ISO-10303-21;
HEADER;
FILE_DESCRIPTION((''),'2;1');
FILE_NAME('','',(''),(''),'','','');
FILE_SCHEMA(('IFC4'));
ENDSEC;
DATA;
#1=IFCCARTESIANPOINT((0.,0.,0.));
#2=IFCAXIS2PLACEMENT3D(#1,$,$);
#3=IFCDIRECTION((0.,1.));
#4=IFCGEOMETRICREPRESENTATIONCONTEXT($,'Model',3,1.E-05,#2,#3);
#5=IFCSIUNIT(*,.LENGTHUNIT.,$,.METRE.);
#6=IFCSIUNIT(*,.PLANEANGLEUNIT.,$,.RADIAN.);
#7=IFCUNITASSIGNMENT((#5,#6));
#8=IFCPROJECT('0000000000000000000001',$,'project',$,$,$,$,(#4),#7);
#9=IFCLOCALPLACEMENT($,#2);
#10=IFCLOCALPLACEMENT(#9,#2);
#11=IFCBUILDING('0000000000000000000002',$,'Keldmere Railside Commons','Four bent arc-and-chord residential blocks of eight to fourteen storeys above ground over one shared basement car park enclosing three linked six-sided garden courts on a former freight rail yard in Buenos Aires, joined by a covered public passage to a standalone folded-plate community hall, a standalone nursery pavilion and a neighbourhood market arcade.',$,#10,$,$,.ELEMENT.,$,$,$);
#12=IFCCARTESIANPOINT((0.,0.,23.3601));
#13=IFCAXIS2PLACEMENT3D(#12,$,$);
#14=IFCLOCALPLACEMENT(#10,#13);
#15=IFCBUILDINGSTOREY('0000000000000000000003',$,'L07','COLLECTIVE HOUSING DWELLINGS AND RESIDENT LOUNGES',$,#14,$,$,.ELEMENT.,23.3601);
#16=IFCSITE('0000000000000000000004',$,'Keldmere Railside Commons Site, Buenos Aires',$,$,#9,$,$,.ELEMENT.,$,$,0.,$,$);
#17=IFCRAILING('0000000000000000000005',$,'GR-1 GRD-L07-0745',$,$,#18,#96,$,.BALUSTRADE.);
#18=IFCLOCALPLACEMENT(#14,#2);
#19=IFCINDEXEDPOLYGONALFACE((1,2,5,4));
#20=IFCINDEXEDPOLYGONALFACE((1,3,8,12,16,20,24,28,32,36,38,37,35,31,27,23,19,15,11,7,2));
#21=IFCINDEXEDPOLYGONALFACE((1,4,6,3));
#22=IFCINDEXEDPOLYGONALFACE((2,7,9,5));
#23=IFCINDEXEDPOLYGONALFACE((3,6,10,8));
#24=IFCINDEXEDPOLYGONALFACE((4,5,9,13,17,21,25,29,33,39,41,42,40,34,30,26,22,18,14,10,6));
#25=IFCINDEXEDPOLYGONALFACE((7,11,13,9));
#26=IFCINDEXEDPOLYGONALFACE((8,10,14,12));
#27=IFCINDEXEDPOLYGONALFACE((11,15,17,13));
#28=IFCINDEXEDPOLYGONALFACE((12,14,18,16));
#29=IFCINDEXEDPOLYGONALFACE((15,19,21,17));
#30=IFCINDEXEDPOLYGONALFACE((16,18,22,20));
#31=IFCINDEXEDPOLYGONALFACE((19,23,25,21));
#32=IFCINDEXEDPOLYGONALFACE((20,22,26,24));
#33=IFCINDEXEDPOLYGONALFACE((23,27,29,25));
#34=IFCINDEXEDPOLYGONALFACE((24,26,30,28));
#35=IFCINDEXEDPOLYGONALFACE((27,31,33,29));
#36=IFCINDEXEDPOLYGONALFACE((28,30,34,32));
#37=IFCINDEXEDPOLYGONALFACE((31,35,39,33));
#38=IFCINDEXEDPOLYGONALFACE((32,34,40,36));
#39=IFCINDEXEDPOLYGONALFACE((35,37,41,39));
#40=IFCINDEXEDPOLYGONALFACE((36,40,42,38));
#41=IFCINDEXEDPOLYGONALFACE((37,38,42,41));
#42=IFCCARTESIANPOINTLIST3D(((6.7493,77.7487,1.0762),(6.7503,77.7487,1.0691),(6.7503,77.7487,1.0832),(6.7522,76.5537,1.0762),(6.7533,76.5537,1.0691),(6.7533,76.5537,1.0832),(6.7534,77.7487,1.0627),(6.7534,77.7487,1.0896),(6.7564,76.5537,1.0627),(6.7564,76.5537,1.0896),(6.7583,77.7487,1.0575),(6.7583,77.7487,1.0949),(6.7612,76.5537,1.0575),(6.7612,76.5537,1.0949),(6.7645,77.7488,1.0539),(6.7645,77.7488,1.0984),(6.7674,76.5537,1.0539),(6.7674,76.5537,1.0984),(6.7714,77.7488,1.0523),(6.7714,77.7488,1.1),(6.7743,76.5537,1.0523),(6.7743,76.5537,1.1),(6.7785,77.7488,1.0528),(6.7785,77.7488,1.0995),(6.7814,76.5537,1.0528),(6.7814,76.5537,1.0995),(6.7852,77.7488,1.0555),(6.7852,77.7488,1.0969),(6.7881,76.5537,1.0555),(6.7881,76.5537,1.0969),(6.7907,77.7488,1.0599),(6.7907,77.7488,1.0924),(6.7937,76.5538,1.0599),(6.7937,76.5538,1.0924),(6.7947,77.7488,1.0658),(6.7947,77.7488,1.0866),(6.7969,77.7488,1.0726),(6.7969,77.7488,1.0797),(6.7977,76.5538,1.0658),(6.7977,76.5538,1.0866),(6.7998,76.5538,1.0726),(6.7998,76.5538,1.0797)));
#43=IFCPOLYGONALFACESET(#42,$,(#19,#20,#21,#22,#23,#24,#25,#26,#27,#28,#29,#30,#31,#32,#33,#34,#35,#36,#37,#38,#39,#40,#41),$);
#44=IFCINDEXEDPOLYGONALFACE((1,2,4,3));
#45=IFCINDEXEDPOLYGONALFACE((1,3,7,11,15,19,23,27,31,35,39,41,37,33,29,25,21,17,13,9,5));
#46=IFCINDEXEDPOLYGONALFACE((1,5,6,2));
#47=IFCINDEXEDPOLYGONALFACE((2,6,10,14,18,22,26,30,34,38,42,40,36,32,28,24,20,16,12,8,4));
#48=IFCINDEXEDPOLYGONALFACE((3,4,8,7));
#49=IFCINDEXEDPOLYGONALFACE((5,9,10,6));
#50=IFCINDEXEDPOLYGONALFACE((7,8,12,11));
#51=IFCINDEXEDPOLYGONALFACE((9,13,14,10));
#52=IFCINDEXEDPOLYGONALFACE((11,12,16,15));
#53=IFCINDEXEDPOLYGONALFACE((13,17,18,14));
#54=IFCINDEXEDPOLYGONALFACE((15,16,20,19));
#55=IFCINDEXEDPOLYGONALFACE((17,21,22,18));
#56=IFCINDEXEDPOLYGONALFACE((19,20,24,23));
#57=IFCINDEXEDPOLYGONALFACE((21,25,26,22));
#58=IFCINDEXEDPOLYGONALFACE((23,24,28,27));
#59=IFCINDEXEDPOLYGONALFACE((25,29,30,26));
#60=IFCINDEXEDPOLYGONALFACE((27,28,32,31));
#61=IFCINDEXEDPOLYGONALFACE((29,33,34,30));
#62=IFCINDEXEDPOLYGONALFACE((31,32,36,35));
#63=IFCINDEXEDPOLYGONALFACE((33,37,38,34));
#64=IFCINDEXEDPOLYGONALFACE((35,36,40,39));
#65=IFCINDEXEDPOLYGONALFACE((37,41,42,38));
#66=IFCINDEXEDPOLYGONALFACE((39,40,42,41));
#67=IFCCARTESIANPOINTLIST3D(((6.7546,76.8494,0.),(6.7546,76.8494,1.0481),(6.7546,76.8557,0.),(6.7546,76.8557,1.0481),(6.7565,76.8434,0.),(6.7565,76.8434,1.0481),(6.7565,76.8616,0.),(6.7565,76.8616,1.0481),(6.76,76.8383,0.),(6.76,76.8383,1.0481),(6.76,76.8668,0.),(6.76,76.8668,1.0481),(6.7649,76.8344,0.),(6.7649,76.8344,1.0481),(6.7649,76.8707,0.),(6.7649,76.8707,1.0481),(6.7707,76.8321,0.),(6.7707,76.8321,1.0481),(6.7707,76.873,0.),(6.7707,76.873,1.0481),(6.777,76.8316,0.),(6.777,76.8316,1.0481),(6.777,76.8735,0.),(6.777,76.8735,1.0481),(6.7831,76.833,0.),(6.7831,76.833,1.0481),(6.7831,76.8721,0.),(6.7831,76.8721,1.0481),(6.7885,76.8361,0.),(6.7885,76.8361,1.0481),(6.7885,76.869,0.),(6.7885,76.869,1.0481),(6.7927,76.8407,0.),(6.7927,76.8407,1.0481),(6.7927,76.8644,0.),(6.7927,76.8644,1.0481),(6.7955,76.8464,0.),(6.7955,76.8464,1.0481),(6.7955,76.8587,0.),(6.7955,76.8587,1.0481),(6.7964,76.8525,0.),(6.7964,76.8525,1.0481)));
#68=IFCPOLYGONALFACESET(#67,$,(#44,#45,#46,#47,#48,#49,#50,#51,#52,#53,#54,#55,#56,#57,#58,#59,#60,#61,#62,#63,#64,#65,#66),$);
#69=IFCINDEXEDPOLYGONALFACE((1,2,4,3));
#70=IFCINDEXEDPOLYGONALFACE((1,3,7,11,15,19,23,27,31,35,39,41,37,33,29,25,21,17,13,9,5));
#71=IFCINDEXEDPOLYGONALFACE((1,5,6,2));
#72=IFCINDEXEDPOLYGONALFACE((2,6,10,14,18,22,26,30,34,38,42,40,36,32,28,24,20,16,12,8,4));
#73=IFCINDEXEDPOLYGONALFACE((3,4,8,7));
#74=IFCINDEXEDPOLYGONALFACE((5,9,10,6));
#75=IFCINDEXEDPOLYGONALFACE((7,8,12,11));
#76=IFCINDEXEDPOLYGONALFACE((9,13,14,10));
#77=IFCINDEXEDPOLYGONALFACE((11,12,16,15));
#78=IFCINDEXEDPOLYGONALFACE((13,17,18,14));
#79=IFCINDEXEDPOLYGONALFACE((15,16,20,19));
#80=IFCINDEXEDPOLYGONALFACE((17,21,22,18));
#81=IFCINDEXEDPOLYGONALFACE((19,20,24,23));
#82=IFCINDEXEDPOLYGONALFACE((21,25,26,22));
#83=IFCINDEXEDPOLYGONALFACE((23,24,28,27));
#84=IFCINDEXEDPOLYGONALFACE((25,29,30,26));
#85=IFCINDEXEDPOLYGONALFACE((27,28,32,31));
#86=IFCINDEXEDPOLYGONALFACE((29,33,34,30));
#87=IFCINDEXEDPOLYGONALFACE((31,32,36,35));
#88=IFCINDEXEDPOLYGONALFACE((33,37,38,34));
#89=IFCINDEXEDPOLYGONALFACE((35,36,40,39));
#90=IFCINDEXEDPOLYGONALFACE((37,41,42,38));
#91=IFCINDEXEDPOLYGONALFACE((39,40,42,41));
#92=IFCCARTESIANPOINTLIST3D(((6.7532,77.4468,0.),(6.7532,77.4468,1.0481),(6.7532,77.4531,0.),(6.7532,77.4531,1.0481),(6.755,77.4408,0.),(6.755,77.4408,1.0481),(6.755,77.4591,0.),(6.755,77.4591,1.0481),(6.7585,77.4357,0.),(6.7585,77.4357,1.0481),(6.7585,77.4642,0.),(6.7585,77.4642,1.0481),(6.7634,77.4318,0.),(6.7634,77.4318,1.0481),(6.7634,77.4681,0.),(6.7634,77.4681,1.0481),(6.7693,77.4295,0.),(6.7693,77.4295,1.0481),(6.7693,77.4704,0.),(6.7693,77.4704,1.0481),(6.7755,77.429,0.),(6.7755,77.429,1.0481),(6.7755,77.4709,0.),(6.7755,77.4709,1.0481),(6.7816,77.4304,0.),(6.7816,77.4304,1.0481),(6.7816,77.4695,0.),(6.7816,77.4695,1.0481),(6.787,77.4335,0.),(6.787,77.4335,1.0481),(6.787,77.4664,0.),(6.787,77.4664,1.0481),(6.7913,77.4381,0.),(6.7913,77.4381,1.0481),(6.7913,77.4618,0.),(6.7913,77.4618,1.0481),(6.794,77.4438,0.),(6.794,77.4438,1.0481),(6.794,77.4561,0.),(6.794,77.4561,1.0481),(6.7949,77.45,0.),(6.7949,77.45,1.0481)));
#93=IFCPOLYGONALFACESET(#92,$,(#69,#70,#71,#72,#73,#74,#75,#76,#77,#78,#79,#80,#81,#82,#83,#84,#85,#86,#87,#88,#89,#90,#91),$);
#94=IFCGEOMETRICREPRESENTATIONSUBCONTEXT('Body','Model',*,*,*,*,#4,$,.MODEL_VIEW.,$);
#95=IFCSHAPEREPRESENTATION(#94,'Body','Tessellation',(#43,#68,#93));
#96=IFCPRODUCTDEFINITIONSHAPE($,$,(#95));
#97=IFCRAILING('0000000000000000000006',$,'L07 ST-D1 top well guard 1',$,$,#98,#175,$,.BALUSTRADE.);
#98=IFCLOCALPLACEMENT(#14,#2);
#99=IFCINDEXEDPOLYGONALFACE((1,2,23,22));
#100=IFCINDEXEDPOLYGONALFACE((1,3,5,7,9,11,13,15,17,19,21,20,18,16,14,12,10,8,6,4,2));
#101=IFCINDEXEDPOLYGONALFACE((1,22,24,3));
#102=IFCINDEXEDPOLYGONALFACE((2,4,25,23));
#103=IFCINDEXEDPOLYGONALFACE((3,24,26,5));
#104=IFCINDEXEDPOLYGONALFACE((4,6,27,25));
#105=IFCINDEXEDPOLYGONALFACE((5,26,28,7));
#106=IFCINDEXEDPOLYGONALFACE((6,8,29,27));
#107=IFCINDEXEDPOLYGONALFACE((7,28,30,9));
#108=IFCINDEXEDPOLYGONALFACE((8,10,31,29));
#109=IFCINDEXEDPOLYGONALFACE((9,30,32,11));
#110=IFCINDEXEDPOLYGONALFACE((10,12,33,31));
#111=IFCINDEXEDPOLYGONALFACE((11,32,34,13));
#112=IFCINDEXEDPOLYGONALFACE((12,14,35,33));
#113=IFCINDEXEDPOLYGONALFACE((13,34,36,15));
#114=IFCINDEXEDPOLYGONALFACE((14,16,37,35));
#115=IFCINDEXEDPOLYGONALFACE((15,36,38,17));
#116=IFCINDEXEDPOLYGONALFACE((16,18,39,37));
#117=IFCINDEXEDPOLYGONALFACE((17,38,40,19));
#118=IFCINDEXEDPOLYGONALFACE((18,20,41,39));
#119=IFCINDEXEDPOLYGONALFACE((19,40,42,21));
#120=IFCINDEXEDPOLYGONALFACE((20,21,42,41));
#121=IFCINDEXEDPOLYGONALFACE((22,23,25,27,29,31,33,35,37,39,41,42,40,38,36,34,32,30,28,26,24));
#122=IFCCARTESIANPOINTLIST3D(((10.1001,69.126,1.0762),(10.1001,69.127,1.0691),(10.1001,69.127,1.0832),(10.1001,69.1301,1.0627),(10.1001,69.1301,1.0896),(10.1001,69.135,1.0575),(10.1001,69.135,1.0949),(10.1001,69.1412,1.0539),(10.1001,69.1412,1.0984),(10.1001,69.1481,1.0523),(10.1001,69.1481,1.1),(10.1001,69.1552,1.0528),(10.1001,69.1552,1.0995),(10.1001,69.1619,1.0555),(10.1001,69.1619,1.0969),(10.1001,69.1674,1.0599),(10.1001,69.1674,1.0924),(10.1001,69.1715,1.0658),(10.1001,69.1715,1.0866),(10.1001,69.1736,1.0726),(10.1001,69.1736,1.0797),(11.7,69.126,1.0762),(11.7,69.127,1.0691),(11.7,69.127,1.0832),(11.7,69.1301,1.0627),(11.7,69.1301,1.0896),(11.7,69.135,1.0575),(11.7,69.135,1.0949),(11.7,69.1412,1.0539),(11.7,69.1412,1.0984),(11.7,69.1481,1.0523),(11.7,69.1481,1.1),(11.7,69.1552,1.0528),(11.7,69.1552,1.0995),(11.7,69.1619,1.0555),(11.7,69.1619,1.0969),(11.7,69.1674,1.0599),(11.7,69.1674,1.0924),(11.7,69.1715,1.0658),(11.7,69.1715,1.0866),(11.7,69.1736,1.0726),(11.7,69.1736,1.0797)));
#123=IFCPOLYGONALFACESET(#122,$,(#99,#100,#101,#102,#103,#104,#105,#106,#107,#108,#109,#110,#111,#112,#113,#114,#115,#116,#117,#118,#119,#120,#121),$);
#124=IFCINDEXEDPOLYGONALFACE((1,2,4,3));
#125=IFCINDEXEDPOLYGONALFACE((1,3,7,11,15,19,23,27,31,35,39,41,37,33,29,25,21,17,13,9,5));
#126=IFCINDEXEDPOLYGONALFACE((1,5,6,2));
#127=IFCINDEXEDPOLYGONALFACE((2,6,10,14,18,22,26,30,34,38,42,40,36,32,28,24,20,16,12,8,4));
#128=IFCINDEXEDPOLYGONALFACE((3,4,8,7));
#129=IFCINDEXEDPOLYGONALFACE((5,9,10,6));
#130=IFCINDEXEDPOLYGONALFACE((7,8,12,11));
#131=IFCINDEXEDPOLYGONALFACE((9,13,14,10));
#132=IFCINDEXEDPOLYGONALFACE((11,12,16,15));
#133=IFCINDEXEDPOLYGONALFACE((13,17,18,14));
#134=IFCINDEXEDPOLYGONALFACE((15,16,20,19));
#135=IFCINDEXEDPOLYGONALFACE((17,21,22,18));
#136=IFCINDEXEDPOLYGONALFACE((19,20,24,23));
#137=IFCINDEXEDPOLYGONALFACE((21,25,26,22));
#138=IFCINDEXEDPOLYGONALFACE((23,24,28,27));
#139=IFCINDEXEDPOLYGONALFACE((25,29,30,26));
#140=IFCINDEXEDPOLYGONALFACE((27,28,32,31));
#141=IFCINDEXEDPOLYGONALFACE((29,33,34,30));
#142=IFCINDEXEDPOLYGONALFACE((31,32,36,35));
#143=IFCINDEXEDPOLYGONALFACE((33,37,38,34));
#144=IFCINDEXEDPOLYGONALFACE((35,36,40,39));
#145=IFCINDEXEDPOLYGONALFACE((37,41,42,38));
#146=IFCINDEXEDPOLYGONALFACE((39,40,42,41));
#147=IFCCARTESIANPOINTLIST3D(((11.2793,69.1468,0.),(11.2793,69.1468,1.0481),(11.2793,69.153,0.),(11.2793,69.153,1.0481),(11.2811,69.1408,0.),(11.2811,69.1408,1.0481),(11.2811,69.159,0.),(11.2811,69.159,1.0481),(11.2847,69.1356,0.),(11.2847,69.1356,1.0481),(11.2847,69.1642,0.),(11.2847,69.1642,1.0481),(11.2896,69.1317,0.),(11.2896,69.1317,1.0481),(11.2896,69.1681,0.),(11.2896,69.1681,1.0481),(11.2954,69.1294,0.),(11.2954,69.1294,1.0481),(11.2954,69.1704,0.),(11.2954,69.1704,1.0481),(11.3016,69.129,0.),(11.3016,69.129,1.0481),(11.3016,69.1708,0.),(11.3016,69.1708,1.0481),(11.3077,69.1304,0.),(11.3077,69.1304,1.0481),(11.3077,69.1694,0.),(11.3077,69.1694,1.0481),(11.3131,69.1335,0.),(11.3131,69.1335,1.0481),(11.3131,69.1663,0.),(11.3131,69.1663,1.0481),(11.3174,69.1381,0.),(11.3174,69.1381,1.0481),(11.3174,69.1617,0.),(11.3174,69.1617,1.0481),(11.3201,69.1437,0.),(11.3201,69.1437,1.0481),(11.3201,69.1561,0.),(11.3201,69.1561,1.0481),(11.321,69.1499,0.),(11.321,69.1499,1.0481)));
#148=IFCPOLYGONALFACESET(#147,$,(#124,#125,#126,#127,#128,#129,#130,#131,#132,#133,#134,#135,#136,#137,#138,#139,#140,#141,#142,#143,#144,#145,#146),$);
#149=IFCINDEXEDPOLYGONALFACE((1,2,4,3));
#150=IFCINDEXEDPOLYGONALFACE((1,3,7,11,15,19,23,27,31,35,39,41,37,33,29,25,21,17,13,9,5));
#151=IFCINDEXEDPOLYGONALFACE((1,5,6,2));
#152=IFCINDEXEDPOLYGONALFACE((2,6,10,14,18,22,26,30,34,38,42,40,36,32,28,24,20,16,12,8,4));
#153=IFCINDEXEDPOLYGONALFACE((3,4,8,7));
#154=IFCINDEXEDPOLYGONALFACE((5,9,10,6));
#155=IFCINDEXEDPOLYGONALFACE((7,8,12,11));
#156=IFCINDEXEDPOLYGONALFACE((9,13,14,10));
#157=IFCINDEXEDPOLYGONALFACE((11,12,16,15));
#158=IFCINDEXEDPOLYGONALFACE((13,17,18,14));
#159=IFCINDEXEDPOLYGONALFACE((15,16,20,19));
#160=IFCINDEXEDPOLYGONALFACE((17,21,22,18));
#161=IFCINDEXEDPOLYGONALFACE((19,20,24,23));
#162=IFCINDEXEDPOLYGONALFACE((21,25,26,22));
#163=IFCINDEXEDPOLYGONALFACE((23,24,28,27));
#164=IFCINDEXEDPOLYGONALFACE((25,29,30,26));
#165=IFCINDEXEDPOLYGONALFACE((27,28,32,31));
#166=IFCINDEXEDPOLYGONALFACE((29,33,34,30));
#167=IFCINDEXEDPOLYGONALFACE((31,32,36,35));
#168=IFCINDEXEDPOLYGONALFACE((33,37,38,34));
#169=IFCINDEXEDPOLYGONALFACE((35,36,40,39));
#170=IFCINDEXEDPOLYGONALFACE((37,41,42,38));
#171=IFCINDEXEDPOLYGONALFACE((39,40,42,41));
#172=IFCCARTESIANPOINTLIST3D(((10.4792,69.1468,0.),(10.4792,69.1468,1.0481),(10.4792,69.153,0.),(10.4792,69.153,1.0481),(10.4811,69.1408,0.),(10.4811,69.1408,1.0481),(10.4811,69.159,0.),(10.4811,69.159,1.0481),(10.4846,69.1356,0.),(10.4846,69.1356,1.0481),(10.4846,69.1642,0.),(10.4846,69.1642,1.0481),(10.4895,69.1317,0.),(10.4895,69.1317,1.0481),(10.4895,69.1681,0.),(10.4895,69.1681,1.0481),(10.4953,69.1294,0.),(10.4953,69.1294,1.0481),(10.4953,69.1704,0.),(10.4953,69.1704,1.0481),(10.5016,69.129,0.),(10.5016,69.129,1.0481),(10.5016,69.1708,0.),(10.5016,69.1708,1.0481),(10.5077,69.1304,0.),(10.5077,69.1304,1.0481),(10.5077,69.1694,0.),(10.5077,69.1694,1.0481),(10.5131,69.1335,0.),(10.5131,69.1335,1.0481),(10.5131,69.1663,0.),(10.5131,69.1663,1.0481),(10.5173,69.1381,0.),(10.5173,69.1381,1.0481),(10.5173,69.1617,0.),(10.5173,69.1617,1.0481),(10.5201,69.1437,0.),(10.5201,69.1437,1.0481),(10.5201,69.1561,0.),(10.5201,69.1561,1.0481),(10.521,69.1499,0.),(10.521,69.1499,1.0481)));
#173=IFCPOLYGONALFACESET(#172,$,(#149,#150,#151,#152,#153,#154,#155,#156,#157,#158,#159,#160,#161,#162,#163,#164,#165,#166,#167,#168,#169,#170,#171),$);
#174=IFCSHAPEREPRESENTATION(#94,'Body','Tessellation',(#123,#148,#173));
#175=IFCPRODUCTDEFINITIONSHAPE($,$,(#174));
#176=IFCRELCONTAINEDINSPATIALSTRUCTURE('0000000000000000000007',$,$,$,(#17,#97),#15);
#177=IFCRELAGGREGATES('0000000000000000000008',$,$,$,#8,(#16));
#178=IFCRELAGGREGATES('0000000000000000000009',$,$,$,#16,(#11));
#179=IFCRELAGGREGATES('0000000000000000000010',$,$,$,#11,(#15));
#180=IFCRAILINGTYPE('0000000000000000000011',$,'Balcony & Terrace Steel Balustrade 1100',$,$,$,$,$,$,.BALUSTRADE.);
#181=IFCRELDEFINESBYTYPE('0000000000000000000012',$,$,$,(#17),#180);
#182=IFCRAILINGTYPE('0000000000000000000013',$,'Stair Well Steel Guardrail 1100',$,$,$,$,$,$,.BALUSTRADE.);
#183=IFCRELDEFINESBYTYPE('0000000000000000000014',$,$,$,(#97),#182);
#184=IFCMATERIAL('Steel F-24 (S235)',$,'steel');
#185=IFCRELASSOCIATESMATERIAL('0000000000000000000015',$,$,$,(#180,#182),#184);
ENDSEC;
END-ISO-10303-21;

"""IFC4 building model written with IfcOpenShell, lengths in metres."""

from ifc_helpers import new_model, si_unit, direction, frame, origin, origin_2d, place, context, subcontext, project, spatial, circle, extrude, material, type_object, element, save


model = new_model("IFC4")

# Units and contexts
model_context = context("Model", 3, precision=1e-05, world=origin(), true_north=direction((0.0, 1.0)))
body_context = subcontext(model_context, "Body", "Model", "MODEL_VIEW")
ifc_project = project(units=[si_unit("LENGTHUNIT", "METRE"), si_unit("PLANEANGLEUNIT", "RADIAN")], contexts=[model_context])

# Site, building, storey
site_placement = place(None, origin())
site = spatial("IfcSite", under=ifc_project, at=site_placement, Name="Keldmere Railside Commons Site, Buenos Aires", CompositionType="ELEMENT", RefElevation=0.0)
building_placement = place(site_placement, origin())
building = spatial("IfcBuilding", under=site, at=building_placement, Name="Keldmere Railside Commons", Description="Four bent arc-and-chord residential blocks of eight to fourteen storeys above ground over one shared basement car park enclosing three linked six-sided garden courts on a former freight rail yard in Buenos Aires, joined by a covered public passage to a standalone folded-plate community hall, a standalone nursery pavilion and a neighbourhood market arcade.", CompositionType="ELEMENT")
storey_placement = place(building_placement, frame((0.0, 0.0, 23.3601)))
storey = spatial("IfcBuildingStorey", under=building, at=storey_placement, Name="L07", Description="COLLECTIVE HOUSING DWELLINGS AND RESIDENT LOUNGES", CompositionType="ELEMENT", Elevation=23.3601)

# Shared definitions
ifc_material_1 = material(Name="Steel F-24 (S235)", Category="steel")

# Railings
railing_type_1 = type_object("IfcRailingType", Name="Balcony & Terrace Steel Balustrade 1100", PredefinedType="BALUSTRADE", material=ifc_material_1)
railing_1_placement = place(storey_placement, frame((6.7761, 76.5537, 0.0)))
element("IfcRailing", 1, at=railing_1_placement, inside=storey, type_object=railing_type_1, Name="GR-1 GRD-L07-0745", PredefinedType="BALUSTRADE", context=body_context, shape_type="SweptSolid", body=[
    extrude(circle(Radius=0.0239, at=origin_2d()), frame((0.0, 0.0, 1.0762), z_axis=(-0.002451, 0.999997, 0.0), x_axis=(-0.999997, -0.002451, 0.0)), (0.0, 0.0, 1.0), 1.1951),
    extrude(circle(Radius=0.021, at=origin_2d()), frame((-0.0007, 0.2988, 0.0)), (0.0, 0.0, 1.0), 1.0481),
    extrude(circle(Radius=0.021, at=origin_2d()), frame((-0.0022, 0.8962, 0.0)), (0.0, 0.0, 1.0), 1.0481),
])
railing_type_2 = type_object("IfcRailingType", Name="Stair Well Steel Guardrail 1100", PredefinedType="BALUSTRADE", material=ifc_material_1)
railing_2_placement = place(storey_placement, frame((11.7, 69.1499, 0.0)))
element("IfcRailing", 2, at=railing_2_placement, inside=storey, type_object=railing_type_2, Name="L07 ST-D1 top well guard 1", PredefinedType="BALUSTRADE", context=body_context, shape_type="SweptSolid", body=[
    extrude(circle(Radius=0.0239, at=origin_2d()), frame((0.0, 0.0, 1.0762), z_axis=(-1.0, 0.0, 0.0), x_axis=(0.0, -1.0, 0.0)), (0.0, 0.0, 1.0), 1.5999),
    extrude(circle(Radius=0.021, at=origin_2d()), frame((-0.3999, 0.0, 0.0)), (0.0, 0.0, 1.0), 1.0481),
    extrude(circle(Radius=0.021, at=origin_2d()), frame((-1.2, 0.0, 0.0)), (0.0, 0.0, 1.0), 1.0481),
])

save(model, "model.ifc")
